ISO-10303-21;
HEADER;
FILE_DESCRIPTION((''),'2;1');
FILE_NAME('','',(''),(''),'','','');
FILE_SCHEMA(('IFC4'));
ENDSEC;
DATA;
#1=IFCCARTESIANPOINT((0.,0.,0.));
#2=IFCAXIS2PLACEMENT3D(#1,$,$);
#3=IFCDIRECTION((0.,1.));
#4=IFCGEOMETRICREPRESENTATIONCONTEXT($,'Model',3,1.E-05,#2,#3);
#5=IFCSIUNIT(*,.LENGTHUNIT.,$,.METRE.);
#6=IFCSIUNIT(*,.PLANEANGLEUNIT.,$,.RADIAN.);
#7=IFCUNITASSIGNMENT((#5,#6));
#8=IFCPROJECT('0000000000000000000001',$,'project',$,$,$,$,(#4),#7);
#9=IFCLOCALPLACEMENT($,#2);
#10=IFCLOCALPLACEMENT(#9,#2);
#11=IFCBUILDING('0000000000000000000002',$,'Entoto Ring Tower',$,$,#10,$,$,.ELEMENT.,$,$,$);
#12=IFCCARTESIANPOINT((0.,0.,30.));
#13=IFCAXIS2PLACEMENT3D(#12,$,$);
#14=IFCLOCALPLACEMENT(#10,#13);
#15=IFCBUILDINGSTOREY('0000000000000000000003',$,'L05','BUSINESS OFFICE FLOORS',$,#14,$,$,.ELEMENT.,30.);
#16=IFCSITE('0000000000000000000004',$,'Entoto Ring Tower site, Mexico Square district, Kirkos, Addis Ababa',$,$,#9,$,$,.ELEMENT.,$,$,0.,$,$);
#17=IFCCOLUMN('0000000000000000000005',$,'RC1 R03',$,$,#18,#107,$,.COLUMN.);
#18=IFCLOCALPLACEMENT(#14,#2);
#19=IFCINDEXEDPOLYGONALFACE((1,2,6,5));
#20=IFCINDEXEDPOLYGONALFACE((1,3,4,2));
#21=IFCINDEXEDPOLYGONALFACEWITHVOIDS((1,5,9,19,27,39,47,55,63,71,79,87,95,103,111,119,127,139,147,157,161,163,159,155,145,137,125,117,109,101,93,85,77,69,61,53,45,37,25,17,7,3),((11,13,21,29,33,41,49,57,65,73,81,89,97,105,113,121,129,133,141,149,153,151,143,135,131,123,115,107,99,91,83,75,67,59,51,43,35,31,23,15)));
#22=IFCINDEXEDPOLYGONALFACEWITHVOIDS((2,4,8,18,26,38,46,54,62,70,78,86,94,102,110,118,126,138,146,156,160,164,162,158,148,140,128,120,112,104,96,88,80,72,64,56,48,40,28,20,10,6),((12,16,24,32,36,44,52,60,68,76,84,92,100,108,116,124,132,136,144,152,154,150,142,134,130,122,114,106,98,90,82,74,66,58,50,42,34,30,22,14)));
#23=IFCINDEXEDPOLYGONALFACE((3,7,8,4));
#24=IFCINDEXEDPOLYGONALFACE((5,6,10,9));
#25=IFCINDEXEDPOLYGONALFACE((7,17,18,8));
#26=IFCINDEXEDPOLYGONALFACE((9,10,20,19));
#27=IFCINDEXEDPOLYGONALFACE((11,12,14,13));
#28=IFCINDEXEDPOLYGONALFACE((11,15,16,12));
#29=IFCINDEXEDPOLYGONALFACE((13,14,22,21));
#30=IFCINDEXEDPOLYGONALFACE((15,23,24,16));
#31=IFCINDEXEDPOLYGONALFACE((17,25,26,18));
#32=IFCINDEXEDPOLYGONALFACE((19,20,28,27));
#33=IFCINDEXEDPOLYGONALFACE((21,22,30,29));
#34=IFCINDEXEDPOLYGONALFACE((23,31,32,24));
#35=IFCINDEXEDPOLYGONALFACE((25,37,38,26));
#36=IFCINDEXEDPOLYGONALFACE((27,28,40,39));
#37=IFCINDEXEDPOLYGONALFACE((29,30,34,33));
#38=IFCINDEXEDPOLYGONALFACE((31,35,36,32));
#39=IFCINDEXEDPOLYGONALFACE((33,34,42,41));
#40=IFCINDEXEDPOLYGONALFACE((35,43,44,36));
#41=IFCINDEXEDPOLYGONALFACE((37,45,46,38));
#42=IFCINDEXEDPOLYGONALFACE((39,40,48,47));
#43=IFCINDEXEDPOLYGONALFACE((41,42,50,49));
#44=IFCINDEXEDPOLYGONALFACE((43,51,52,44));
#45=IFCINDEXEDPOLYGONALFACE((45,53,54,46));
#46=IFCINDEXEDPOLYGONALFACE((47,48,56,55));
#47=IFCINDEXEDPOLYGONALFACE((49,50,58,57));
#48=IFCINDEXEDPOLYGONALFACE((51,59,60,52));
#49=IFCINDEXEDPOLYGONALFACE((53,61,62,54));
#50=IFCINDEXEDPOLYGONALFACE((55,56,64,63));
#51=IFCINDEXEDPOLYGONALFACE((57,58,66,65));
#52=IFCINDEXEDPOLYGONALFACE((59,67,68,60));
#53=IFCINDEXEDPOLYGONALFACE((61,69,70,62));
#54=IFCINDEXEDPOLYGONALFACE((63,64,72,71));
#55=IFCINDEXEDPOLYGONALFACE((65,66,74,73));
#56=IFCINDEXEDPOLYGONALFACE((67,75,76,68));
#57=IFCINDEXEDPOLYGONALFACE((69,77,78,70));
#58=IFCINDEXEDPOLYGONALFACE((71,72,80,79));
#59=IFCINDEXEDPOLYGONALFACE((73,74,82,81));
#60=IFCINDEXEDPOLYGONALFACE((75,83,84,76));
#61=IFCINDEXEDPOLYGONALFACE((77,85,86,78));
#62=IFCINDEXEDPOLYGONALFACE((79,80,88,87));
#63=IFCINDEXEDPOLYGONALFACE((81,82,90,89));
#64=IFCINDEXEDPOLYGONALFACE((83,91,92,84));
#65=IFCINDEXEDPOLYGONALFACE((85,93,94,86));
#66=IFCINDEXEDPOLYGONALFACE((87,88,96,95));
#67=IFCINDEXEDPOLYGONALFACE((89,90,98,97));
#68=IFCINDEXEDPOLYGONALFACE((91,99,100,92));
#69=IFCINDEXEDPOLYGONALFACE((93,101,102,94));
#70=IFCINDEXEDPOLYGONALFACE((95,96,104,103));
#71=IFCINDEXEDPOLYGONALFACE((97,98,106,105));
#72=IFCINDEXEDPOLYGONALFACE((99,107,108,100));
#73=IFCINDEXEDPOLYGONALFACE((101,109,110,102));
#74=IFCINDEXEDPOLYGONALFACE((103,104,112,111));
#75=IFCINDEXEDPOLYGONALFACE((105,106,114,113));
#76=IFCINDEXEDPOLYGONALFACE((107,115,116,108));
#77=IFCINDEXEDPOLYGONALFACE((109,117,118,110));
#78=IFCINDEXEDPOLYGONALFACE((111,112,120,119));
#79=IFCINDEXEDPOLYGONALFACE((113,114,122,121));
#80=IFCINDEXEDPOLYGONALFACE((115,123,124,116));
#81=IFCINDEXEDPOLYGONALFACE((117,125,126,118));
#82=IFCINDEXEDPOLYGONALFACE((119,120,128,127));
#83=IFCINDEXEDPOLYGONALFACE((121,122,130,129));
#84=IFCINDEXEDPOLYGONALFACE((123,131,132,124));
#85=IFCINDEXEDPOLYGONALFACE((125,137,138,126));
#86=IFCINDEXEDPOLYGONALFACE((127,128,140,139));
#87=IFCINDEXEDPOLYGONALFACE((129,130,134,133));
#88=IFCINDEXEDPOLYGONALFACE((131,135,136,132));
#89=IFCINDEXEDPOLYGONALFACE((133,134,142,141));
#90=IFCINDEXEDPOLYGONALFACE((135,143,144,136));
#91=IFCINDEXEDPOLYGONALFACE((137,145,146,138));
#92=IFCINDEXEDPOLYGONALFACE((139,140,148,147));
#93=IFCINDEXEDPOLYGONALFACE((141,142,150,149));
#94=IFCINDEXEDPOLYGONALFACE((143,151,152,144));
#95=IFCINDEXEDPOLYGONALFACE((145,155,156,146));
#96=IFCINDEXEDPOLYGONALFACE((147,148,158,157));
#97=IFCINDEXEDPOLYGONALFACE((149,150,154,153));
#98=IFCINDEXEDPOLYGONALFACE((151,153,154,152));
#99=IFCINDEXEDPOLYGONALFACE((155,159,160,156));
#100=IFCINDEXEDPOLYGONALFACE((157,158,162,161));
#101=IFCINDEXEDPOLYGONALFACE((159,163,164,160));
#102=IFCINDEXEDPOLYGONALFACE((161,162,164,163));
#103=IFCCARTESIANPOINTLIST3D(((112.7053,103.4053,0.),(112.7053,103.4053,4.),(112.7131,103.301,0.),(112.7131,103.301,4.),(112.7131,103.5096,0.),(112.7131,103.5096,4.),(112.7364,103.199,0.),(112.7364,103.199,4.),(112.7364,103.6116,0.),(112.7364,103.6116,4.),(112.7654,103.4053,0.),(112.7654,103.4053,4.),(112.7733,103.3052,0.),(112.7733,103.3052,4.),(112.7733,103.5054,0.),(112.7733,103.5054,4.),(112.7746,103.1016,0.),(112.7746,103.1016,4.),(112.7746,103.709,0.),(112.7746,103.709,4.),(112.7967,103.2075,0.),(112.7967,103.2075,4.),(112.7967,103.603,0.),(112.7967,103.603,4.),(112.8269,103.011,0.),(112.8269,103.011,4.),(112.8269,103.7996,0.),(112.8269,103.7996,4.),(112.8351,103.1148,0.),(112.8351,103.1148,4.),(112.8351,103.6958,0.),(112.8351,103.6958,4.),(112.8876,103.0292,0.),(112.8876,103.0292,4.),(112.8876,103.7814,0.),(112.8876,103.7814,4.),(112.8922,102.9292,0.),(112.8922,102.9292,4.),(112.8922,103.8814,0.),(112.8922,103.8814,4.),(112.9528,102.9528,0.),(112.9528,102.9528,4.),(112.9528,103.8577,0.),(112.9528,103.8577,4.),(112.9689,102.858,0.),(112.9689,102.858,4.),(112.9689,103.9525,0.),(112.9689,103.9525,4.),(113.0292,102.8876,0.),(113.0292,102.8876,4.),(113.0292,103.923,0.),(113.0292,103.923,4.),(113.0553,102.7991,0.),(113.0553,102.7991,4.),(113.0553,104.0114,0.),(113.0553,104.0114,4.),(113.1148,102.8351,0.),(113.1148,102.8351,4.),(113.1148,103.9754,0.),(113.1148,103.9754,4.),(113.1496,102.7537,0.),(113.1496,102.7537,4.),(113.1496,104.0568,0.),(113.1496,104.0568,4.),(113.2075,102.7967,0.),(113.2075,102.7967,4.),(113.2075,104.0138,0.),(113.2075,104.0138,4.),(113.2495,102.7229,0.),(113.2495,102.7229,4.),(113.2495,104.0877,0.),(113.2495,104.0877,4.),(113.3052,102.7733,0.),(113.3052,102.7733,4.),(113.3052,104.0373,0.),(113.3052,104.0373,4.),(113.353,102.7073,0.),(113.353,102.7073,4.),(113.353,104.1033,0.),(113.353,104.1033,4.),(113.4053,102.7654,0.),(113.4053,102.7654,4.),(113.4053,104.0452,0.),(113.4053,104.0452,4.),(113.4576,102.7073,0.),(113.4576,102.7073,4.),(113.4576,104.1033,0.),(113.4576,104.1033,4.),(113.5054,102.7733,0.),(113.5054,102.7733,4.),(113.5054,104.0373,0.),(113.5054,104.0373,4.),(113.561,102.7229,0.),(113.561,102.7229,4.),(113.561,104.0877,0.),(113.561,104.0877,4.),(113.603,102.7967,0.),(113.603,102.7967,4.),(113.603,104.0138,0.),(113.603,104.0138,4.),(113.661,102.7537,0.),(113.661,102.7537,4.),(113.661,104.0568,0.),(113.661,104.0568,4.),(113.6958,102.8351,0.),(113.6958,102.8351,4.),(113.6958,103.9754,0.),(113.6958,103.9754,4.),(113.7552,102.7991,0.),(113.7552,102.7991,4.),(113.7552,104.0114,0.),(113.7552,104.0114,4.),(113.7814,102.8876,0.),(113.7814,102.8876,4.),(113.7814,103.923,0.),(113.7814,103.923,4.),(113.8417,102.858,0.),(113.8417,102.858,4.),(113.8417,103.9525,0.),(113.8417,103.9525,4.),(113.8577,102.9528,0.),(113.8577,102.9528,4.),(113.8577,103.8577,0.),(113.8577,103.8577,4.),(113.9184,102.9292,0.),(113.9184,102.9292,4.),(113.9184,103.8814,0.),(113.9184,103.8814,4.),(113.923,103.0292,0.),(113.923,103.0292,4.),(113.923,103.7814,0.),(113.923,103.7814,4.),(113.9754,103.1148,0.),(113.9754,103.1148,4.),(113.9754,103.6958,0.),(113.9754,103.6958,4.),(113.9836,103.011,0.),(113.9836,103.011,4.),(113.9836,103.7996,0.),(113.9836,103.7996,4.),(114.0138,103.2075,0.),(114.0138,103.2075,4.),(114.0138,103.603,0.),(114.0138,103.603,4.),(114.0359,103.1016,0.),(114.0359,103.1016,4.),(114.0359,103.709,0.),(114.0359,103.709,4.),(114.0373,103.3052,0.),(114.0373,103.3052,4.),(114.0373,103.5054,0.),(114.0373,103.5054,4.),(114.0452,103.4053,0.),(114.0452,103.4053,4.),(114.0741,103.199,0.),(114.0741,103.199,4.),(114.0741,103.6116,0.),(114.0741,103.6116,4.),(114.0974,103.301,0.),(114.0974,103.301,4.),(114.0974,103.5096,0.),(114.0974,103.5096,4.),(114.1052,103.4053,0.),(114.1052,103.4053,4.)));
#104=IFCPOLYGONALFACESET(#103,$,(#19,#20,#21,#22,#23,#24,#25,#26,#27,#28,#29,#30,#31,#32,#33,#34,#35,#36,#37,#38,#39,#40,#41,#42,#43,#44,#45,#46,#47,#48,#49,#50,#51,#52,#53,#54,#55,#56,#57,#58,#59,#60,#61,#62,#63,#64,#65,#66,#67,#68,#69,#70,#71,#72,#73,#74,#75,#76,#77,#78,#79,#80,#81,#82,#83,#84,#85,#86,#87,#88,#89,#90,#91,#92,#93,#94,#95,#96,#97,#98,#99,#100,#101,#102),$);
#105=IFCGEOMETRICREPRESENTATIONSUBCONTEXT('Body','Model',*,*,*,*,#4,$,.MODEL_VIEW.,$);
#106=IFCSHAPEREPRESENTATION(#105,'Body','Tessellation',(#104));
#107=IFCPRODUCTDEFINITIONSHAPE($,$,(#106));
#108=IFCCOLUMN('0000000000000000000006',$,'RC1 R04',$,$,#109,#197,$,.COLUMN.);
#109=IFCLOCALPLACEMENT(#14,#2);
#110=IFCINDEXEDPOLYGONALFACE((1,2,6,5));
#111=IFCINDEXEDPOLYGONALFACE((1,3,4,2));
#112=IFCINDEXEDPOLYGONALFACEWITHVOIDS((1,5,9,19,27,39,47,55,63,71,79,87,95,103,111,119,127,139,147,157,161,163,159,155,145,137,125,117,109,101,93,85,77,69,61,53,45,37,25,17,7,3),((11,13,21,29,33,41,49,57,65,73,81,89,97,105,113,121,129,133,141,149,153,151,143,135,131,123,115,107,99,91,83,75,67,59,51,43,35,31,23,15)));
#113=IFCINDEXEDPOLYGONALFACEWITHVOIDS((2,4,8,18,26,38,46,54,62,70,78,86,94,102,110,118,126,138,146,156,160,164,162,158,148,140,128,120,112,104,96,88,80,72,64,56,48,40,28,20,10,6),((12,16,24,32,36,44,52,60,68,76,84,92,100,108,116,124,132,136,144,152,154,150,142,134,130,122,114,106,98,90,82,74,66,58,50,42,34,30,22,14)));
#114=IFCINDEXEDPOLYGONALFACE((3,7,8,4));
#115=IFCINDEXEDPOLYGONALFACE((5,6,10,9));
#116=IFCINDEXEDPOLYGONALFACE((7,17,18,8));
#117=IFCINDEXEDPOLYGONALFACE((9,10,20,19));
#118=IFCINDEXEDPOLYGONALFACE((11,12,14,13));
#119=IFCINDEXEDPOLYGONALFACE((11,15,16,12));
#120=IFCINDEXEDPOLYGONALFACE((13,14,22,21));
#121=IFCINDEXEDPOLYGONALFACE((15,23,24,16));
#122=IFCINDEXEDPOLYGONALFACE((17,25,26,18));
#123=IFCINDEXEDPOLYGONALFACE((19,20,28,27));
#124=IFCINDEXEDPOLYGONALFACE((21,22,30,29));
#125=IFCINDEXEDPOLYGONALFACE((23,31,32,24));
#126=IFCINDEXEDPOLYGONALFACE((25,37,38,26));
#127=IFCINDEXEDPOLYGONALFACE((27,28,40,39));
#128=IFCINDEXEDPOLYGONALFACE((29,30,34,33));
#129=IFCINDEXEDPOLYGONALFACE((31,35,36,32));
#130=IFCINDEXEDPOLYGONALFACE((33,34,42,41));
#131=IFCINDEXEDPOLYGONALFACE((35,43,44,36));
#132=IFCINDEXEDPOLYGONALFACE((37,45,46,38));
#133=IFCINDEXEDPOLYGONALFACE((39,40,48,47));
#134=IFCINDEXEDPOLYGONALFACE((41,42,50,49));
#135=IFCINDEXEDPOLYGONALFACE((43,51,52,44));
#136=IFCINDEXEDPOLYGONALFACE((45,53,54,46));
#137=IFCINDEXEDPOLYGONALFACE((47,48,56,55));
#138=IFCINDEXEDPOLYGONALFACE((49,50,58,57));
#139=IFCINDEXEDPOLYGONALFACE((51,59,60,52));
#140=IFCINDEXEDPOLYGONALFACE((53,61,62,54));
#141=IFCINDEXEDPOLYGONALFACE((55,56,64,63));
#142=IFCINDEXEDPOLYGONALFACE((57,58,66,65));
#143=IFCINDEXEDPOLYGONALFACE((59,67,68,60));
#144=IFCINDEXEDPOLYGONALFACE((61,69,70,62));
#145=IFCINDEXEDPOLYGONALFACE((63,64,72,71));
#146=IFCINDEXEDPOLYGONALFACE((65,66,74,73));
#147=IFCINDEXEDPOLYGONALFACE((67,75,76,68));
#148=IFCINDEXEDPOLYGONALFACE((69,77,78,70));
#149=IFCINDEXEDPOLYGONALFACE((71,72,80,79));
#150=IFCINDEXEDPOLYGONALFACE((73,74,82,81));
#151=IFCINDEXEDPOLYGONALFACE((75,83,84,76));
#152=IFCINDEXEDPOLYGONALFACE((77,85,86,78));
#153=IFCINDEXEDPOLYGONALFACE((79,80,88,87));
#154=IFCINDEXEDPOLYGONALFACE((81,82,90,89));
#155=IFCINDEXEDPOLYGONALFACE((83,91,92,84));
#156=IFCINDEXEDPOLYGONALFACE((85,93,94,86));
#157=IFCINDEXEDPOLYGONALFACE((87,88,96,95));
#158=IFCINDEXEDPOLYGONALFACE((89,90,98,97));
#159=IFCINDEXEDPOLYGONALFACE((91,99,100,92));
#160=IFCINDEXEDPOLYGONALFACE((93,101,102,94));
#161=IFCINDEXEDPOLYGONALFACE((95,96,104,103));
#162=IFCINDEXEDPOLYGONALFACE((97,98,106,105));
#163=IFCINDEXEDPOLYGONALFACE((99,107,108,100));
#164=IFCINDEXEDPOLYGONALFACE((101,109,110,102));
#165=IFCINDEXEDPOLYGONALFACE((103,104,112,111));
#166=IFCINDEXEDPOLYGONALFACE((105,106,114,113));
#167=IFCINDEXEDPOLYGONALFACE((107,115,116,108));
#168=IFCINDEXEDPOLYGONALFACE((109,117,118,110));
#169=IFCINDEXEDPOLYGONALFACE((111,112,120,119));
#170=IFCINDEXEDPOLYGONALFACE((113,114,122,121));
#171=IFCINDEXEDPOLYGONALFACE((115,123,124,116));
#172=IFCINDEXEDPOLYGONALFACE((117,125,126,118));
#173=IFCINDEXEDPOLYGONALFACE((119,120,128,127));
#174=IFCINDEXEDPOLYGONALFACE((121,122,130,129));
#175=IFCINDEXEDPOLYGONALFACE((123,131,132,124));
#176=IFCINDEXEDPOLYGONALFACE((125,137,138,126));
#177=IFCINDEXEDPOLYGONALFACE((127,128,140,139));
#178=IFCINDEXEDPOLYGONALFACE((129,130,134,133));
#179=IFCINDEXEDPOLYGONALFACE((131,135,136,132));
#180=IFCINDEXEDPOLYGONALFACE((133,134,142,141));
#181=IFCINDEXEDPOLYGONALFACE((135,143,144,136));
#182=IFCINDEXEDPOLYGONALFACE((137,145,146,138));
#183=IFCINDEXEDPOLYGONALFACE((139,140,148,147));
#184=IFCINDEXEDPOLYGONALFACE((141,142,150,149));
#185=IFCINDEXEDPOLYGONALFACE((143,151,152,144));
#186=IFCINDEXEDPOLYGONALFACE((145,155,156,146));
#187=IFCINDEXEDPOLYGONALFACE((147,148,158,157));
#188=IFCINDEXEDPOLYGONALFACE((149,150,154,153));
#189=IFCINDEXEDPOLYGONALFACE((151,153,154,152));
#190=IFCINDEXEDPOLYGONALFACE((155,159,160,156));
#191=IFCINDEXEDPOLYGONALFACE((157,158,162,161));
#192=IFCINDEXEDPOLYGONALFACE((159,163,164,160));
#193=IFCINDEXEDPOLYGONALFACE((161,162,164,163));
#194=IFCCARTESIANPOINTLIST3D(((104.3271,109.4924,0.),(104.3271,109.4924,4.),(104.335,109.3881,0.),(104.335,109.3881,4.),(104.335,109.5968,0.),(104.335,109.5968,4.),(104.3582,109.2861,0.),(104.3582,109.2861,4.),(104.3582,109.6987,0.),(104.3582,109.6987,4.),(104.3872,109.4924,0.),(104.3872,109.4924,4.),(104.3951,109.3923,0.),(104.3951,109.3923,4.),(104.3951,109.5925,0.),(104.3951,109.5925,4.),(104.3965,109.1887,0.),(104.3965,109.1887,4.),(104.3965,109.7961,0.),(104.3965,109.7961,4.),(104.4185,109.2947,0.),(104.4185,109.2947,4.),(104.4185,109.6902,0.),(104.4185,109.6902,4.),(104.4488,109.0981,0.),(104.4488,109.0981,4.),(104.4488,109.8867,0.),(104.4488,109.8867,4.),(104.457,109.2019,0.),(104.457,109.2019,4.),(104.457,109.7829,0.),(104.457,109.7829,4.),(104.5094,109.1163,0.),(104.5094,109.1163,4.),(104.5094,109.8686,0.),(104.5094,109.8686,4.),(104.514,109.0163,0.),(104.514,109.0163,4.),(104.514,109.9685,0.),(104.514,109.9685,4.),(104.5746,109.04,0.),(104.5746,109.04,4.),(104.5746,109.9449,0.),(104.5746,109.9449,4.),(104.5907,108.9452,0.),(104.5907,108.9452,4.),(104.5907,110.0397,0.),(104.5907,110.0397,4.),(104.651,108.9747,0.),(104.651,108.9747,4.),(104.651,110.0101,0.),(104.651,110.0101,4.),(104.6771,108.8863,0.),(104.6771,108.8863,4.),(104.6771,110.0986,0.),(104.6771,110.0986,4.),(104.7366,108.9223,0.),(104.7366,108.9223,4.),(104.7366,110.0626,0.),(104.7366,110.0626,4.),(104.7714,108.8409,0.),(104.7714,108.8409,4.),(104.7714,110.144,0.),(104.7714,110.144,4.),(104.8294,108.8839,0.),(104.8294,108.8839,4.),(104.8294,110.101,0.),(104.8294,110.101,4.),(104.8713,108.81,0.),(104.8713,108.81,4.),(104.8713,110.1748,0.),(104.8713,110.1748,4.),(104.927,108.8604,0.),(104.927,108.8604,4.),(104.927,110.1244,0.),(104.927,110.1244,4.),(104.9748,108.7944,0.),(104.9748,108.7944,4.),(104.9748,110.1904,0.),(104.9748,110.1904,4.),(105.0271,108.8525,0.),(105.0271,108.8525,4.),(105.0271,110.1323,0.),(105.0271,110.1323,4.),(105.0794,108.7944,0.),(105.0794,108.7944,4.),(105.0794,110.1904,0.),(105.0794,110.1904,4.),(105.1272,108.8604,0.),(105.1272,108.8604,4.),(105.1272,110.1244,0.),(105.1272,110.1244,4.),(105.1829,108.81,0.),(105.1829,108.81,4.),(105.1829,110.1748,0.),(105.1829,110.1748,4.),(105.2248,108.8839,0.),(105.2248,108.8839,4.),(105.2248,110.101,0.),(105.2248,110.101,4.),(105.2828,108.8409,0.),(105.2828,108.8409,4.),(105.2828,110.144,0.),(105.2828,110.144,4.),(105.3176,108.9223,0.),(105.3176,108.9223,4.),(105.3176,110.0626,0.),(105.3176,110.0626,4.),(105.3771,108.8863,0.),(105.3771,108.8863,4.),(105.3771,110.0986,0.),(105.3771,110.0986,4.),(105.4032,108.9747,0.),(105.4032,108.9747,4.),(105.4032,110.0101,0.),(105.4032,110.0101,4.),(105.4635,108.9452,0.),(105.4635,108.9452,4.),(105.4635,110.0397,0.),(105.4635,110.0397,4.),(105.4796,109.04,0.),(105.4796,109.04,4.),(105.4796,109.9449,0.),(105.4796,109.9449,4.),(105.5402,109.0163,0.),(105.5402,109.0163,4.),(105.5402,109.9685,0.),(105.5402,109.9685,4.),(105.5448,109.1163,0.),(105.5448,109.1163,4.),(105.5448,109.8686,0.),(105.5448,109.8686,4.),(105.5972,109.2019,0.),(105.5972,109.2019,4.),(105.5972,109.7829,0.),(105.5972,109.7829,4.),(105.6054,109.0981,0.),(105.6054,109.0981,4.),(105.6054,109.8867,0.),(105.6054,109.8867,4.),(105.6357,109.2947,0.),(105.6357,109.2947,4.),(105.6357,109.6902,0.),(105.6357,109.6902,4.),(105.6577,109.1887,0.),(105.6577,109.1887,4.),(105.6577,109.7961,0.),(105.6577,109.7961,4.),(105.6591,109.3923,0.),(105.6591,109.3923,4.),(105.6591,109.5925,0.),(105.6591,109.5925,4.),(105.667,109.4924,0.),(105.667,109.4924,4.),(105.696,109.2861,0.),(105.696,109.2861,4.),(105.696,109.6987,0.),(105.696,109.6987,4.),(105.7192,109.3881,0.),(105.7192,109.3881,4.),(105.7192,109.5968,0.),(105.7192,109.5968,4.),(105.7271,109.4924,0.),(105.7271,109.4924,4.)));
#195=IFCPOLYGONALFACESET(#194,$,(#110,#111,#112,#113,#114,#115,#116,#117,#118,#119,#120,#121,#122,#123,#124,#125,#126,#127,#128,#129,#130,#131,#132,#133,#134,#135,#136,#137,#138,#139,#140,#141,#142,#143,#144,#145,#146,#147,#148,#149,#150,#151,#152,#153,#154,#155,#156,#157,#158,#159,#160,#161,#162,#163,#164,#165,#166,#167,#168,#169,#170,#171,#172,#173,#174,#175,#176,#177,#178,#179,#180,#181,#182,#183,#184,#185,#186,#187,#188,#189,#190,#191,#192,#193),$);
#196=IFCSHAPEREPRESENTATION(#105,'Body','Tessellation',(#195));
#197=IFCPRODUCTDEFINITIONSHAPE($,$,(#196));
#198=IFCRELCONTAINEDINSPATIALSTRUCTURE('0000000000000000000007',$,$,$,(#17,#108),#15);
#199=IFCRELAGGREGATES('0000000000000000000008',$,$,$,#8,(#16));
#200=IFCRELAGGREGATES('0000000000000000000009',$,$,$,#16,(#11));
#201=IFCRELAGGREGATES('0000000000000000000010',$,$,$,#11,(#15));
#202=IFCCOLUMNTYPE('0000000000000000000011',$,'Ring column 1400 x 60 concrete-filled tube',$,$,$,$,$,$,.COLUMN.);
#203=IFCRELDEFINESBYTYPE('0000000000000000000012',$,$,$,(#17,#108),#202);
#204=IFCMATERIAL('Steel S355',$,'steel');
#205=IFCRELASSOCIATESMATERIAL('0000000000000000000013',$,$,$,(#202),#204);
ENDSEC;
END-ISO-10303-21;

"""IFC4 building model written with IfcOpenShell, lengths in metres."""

from ifc_helpers import new_model, si_unit, direction, frame, origin, origin_2d, place, context, subcontext, project, spatial, circle, hollow_circle, extrude, material, material_profile, profile_set, type_object, element, save


model = new_model("IFC4")

# Units and contexts
model_context = context("Model", 3, precision=1e-05, world=origin(), true_north=direction((0.0, 1.0)))
body_context = subcontext(model_context, "Body", "Model", "MODEL_VIEW")
ifc_project = project(units=[si_unit("LENGTHUNIT", "METRE"), si_unit("PLANEANGLEUNIT", "RADIAN")], contexts=[model_context])

# Site, building, storey
site_placement = place(None, origin())
site = spatial("IfcSite", under=ifc_project, at=site_placement, Name="Entoto Ring Tower site, Mexico Square district, Kirkos, Addis Ababa", CompositionType="ELEMENT", RefElevation=0.0)
building_placement = place(site_placement, origin())
building = spatial("IfcBuilding", under=site, at=building_placement, Name="Entoto Ring Tower", CompositionType="ELEMENT")
storey_placement = place(building_placement, frame((0.0, 0.0, 30.0)))
storey = spatial("IfcBuildingStorey", under=building, at=storey_placement, Name="L05", Description="BUSINESS OFFICE FLOORS", CompositionType="ELEMENT", Elevation=30.0)

# Columns
ifc_material_1 = material(Name="Steel S355", Category="steel")
ifc_material_profile_1 = material_profile(ifc_material_1, hollow_circle(Radius=0.7, WallThickness=0.0601, at=origin_2d()), Name="CHS 1400 x 60")
ifc_material_2 = material(Name="Concrete C60/75", Category="concrete")
ifc_material_profile_2 = material_profile(ifc_material_2, circle(Radius=0.6399, at=origin_2d()), Name="Concrete C60/75 infill")
ifc_profile_set_1 = profile_set([ifc_material_profile_1, ifc_material_profile_2], Name="Steel S355")
column_type = type_object("IfcColumnType", Name="Ring column 1400 x 60 concrete-filled tube", PredefinedType="COLUMN", material=ifc_profile_set_1)
for number, where, z_axis, x_axis, name in (
    (1, (113.4053, 103.4053, 0.0), (0.0, 0.0, 1.0), (1.0, 0.0, 0.0), "RC1 R03"),
    (2, (105.0271, 109.4924, 0.0), (0.0, 0.0, 1.0), (1.0, 0.0, 0.0), "RC1 R04"),
):
    element("IfcColumn", number, at=place(storey_placement, frame(where, z_axis=z_axis, x_axis=x_axis)), inside=storey, type_object=column_type, Name=name, PredefinedType="COLUMN", context=body_context, shape_type="SweptSolid", body=[
        extrude(hollow_circle(Radius=0.7, WallThickness=0.0601, at=origin_2d()), origin(), (0.0, 0.0, 1.0), 4.0),
    ])

save(model, "model.ifc")
